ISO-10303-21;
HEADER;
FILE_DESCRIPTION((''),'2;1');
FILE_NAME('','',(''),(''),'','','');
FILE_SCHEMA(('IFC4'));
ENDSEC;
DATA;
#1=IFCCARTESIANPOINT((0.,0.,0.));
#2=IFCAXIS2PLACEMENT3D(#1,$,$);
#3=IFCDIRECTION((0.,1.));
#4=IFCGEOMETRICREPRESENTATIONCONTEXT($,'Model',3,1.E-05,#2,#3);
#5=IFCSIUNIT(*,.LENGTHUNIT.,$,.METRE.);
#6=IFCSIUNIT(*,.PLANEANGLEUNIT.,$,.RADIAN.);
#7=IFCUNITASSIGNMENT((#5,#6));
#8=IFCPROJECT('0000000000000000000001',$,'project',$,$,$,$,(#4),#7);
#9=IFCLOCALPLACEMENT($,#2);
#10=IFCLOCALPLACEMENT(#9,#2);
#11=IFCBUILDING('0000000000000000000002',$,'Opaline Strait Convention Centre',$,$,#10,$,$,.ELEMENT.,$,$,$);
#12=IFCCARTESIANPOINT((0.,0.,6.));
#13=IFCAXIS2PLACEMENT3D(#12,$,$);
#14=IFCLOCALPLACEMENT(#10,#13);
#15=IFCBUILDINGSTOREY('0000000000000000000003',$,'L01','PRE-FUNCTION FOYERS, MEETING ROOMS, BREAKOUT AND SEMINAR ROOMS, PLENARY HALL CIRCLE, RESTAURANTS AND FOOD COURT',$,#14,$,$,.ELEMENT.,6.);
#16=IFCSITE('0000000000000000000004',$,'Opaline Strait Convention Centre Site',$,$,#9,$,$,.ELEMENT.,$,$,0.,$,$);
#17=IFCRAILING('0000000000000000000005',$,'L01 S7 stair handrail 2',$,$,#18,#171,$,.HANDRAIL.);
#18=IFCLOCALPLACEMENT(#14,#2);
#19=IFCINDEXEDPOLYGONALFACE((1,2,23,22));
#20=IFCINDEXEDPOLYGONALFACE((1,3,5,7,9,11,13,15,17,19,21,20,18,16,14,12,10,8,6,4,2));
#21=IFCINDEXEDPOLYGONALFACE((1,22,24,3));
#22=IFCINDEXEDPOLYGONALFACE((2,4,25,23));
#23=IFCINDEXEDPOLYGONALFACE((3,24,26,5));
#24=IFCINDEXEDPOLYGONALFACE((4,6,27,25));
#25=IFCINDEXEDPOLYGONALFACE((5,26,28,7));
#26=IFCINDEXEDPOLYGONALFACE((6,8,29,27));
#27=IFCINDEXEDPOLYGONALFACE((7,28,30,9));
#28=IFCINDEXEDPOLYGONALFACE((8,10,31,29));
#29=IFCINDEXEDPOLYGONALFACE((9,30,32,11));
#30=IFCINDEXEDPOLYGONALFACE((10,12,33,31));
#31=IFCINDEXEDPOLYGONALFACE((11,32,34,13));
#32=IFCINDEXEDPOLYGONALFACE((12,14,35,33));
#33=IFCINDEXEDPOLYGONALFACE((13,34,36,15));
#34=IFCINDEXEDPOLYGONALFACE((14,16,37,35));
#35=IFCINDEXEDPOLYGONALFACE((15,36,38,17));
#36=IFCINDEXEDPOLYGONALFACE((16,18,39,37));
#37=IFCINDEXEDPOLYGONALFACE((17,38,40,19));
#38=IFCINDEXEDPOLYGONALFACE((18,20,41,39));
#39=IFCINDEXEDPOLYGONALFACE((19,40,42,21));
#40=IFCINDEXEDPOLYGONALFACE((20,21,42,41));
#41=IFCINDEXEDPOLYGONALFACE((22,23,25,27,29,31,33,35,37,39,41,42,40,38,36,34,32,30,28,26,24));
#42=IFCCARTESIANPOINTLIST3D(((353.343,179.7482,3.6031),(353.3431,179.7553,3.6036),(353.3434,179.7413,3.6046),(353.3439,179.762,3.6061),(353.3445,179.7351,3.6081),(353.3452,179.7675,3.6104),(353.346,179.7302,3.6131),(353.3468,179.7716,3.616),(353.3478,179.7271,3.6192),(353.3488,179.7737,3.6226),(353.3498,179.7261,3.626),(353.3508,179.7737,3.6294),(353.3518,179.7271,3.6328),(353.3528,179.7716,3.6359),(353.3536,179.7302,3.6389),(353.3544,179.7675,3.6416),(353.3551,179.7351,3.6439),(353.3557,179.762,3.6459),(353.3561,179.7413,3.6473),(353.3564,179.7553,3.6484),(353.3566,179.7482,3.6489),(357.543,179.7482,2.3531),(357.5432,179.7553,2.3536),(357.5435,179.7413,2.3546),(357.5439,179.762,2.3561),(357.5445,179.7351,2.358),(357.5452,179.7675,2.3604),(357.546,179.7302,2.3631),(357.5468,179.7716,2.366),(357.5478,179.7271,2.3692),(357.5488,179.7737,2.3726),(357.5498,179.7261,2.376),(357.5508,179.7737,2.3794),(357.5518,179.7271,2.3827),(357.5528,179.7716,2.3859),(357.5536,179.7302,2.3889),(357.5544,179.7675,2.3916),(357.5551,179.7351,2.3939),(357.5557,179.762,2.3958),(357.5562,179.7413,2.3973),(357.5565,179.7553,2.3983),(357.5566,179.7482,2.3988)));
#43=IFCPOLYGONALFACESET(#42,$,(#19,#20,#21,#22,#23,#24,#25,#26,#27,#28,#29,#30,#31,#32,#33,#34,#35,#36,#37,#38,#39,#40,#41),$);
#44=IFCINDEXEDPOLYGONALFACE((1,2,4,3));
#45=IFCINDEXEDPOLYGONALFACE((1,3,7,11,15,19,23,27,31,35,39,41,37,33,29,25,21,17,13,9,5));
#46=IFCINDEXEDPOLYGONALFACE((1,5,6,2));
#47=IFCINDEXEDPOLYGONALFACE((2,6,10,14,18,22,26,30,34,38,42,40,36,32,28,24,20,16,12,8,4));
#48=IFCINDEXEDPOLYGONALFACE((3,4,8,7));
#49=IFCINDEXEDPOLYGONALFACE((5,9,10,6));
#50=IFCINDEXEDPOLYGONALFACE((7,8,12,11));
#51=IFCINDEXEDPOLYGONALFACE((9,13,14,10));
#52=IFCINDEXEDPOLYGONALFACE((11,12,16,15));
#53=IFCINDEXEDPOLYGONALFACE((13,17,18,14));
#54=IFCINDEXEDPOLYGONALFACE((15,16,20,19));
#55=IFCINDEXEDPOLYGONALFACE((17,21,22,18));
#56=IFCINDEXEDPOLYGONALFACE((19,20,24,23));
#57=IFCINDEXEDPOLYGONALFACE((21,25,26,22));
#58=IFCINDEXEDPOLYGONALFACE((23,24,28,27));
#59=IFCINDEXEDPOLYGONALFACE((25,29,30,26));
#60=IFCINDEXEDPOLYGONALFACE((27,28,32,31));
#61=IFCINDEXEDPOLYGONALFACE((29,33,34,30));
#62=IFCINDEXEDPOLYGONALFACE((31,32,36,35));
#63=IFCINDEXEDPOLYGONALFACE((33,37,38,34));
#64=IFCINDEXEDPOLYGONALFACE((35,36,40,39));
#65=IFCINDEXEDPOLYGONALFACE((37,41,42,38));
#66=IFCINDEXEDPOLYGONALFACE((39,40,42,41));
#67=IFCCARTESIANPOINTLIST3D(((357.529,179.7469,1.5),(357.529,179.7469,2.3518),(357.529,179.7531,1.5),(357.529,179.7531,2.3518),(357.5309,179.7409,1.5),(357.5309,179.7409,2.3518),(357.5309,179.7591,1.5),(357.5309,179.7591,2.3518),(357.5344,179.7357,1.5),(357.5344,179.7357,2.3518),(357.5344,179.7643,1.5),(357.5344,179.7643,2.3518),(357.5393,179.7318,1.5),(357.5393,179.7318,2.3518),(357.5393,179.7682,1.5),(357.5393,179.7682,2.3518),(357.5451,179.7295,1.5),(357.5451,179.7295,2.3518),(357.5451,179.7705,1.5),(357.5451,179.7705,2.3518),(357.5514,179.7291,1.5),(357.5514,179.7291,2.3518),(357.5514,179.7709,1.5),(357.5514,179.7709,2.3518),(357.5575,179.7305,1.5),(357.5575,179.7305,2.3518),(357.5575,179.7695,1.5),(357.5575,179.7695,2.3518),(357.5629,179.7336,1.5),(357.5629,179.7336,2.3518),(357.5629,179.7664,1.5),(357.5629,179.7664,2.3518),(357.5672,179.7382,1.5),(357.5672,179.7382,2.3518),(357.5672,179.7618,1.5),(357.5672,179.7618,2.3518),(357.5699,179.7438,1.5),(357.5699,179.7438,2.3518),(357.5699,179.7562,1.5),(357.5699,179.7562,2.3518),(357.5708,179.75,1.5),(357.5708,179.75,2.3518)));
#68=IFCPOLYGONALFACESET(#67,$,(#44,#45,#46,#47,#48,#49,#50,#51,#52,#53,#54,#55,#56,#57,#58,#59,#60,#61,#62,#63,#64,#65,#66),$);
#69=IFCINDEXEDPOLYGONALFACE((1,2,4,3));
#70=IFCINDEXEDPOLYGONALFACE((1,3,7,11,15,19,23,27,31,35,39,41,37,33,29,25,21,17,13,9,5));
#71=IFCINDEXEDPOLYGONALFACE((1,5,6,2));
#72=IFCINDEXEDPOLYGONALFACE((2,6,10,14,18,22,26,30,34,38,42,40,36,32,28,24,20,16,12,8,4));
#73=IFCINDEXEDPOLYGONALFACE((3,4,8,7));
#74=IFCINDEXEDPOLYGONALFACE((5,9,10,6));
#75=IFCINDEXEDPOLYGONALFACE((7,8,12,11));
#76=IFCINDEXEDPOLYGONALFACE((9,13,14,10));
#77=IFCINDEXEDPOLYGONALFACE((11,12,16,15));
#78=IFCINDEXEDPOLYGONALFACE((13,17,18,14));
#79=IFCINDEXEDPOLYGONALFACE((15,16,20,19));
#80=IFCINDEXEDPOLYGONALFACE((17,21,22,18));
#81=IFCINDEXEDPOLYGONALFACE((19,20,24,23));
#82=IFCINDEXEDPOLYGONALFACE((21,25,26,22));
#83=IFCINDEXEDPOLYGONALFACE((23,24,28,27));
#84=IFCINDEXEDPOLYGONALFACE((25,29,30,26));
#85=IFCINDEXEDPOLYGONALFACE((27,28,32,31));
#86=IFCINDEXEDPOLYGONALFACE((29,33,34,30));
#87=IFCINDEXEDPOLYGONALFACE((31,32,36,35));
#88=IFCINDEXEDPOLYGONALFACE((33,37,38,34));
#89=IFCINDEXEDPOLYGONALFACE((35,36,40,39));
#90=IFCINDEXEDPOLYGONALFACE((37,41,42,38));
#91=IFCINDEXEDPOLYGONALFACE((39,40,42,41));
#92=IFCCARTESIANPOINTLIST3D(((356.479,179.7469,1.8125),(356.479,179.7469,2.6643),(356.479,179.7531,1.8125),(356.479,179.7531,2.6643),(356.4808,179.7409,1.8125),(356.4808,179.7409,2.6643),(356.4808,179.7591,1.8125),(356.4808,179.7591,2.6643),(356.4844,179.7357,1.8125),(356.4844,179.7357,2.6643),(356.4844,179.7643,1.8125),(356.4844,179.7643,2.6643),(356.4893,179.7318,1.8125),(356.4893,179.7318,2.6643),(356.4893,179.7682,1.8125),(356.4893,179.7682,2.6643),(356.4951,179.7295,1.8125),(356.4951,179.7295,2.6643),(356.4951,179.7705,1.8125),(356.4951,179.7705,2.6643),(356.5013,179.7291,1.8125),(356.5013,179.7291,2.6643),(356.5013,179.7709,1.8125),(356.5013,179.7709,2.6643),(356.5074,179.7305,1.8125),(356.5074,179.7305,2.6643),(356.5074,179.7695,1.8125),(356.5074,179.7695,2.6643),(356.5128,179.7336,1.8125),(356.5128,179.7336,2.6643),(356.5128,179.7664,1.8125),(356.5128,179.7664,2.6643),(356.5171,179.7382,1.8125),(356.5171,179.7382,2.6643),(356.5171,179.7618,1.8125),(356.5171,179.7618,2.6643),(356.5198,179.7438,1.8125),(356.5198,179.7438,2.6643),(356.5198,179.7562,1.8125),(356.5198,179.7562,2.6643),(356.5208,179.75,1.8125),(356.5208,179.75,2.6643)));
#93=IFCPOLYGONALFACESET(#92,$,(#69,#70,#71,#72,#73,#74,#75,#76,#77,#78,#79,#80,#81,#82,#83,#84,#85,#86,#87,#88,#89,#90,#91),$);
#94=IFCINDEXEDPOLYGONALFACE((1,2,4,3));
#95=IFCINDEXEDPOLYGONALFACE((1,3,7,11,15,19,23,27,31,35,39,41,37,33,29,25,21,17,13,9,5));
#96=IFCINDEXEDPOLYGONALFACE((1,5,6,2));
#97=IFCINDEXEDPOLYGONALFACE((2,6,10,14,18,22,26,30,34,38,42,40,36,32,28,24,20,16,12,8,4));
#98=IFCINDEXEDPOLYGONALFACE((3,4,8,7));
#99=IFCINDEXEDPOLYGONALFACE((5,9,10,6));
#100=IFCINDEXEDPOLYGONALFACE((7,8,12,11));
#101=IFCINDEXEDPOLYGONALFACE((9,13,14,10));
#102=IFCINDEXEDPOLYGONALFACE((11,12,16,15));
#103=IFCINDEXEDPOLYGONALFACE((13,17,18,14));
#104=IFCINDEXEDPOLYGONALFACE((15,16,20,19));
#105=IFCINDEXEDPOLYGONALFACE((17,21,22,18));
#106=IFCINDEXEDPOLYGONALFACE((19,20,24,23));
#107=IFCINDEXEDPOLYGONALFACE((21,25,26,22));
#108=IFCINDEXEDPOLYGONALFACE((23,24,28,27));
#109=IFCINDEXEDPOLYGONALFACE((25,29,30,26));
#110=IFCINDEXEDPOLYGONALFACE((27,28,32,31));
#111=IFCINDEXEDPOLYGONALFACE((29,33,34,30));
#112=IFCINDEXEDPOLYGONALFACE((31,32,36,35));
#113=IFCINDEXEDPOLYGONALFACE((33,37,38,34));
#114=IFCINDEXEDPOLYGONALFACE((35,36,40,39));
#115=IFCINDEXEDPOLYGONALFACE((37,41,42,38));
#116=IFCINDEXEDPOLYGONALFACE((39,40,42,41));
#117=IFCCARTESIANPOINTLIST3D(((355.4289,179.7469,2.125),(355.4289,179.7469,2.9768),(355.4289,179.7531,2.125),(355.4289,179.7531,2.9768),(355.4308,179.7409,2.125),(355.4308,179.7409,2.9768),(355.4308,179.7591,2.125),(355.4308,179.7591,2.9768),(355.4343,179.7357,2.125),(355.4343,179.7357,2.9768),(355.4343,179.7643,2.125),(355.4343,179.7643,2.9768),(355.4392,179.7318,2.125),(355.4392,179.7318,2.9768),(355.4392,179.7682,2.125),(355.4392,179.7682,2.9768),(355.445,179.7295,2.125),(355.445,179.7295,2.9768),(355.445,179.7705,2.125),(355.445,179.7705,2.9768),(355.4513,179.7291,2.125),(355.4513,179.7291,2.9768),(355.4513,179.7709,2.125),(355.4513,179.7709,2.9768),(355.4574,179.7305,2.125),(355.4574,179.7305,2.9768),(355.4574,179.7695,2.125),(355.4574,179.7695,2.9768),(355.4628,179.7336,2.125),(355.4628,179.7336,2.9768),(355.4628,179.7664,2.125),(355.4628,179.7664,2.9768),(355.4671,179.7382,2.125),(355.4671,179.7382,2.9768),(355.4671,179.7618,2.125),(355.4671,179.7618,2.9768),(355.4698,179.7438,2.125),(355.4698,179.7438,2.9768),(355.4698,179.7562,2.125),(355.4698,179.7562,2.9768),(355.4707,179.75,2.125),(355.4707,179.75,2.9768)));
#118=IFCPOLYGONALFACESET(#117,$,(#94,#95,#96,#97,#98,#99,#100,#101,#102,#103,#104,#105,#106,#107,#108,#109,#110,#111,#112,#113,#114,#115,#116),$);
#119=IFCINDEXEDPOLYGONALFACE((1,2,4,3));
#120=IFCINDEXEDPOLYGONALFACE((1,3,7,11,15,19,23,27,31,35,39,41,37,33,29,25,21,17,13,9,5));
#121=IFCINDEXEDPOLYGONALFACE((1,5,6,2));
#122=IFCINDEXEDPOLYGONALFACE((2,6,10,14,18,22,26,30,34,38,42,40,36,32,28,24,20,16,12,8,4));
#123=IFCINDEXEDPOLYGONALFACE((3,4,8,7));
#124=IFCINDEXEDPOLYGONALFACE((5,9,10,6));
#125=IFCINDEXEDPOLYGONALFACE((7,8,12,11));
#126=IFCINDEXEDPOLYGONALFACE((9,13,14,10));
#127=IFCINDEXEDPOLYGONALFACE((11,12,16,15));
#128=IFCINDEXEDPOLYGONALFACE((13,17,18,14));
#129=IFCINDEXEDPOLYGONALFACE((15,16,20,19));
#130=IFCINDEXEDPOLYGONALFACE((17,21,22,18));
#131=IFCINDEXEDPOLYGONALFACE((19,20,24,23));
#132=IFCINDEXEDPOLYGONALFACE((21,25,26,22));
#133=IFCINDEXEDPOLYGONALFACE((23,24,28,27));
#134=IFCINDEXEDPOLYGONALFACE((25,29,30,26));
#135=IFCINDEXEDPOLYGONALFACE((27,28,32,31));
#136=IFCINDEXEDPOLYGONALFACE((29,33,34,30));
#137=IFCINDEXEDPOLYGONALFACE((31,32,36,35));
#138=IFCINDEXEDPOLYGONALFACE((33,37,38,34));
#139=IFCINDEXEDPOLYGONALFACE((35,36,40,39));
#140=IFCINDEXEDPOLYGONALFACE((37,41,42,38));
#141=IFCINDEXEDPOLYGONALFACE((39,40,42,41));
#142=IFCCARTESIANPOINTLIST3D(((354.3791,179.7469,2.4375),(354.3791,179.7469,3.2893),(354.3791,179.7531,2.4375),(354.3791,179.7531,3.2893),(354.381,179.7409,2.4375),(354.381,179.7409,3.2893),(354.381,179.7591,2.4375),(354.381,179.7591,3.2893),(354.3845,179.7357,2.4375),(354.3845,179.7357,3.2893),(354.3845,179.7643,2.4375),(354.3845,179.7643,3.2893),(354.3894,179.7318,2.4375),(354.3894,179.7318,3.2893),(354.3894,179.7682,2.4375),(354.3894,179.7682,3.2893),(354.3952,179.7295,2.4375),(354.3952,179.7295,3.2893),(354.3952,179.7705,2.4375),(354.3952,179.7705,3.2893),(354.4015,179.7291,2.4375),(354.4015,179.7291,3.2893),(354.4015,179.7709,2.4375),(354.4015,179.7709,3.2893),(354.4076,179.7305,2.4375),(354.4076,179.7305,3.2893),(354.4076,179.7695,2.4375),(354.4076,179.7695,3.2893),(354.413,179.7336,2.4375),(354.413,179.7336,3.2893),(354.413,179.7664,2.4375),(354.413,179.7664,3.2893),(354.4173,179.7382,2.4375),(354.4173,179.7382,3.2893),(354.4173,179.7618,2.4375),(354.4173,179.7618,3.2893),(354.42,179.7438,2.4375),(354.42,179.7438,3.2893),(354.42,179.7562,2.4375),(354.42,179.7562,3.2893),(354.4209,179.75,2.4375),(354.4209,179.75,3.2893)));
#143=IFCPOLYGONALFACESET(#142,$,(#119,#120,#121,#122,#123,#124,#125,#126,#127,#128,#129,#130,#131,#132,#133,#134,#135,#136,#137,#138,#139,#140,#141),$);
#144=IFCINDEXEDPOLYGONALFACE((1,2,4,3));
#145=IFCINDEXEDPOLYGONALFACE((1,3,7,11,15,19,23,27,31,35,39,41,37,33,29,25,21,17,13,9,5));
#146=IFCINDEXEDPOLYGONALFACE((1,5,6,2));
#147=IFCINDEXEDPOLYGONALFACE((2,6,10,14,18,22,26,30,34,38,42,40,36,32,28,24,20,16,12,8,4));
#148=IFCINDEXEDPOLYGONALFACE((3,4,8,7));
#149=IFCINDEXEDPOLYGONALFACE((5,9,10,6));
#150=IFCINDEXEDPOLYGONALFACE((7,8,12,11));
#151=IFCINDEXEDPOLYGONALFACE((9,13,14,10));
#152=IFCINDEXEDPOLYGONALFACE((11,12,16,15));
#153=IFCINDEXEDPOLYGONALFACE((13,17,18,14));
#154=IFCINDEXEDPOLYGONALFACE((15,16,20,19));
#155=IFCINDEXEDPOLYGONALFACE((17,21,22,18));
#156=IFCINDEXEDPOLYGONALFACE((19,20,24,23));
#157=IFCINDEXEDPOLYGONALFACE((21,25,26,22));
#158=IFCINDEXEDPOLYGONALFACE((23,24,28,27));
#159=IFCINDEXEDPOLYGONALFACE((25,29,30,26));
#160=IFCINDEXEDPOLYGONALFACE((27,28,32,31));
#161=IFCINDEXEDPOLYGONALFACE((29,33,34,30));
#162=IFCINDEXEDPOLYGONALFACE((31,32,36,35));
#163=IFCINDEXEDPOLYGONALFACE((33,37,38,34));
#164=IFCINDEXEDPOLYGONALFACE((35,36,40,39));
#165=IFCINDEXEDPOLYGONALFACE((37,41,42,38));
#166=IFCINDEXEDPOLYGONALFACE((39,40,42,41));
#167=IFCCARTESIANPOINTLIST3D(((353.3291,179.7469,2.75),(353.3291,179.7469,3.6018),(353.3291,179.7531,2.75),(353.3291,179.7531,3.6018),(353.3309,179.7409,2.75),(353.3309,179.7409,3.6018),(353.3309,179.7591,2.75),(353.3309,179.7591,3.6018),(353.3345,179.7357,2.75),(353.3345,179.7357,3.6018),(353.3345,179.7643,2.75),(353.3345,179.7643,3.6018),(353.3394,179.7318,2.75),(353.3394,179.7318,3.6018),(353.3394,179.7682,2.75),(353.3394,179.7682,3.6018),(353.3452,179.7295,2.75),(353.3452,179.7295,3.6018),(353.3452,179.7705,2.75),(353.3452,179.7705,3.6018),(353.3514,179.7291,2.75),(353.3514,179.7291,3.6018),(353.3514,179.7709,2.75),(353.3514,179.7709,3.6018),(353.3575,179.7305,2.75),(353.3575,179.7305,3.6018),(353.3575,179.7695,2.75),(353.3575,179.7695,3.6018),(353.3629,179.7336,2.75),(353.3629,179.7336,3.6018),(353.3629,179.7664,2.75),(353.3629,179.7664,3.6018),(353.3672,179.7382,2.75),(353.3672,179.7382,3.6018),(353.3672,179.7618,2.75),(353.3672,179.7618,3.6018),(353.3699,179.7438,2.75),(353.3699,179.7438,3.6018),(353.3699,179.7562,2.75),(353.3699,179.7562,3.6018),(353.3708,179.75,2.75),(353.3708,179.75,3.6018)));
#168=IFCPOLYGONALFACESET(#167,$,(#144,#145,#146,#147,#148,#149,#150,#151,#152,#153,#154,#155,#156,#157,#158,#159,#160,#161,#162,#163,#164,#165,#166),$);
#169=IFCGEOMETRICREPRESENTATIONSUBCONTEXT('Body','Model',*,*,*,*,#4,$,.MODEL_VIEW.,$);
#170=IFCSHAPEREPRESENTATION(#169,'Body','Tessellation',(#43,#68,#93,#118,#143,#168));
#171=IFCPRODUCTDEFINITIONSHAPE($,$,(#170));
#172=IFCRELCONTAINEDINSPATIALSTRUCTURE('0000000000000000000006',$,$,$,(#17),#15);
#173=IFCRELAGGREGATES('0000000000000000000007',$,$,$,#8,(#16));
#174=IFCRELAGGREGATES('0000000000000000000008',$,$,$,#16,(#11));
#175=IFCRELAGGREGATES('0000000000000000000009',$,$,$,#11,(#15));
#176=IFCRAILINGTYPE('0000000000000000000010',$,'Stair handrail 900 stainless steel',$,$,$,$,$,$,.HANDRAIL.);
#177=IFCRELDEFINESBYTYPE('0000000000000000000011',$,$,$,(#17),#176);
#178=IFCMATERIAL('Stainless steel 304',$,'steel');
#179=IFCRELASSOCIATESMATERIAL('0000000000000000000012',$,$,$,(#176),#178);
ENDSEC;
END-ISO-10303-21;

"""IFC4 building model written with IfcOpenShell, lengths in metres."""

from ifc_helpers import new_model, si_unit, direction, frame, origin, origin_2d, place, context, subcontext, project, spatial, circle, extrude, material, type_object, element, save


model = new_model("IFC4")

# Units and contexts
model_context = context("Model", 3, precision=1e-05, world=origin(), true_north=direction((0.0, 1.0)))
body_context = subcontext(model_context, "Body", "Model", "MODEL_VIEW")
ifc_project = project(units=[si_unit("LENGTHUNIT", "METRE"), si_unit("PLANEANGLEUNIT", "RADIAN")], contexts=[model_context])

# Site, building, storey
site_placement = place(None, origin())
site = spatial("IfcSite", under=ifc_project, at=site_placement, Name="Opaline Strait Convention Centre Site", CompositionType="ELEMENT", RefElevation=0.0)
building_placement = place(site_placement, origin())
building = spatial("IfcBuilding", under=site, at=building_placement, Name="Opaline Strait Convention Centre", CompositionType="ELEMENT")
storey_placement = place(building_placement, frame((0.0, 0.0, 6.0)))
storey = spatial("IfcBuildingStorey", under=building, at=storey_placement, Name="L01", Description="PRE-FUNCTION FOYERS, MEETING ROOMS, BREAKOUT AND SEMINAR ROOMS, PLENARY HALL CIRCLE, RESTAURANTS AND FOOD COURT", CompositionType="ELEMENT", Elevation=6.0)

# Railing
ifc_material_1 = material(Name="Stainless steel 304", Category="steel")
railing_type_1 = type_object("IfcRailingType", Name="Stair handrail 900 stainless steel", PredefinedType="HANDRAIL", material=ifc_material_1)
for number, where, name in (
    (1, (357.5498, 179.75, 1.5), "L01 S7 stair handrail 2"),
):
    element("IfcRailing", number, at=place(storey_placement, frame(where)), inside=storey, type_object=railing_type_1, Name=name, PredefinedType="HANDRAIL", context=body_context, shape_type="SweptSolid", body=[
        extrude(circle(Radius=0.0239, at=origin_2d()), frame((0.0, 0.0, 0.876), z_axis=(-0.958451, 0.0, 0.285257), x_axis=(0.0, -1.0, 0.0)), (0.0, 0.0, 1.0), 4.3821),
        extrude(circle(Radius=0.021, at=origin_2d()), origin(), (0.0, 0.0, 1.0), 0.8518),
        extrude(circle(Radius=0.021, at=origin_2d()), frame((-1.05, 0.0, 0.3125)), (0.0, 0.0, 1.0), 0.8518),
        extrude(circle(Radius=0.021, at=origin_2d()), frame((-2.1001, 0.0, 0.625)), (0.0, 0.0, 1.0), 0.8518),
        extrude(circle(Radius=0.021, at=origin_2d()), frame((-3.1499, 0.0, 0.9375)), (0.0, 0.0, 1.0), 0.8518),
        extrude(circle(Radius=0.021, at=origin_2d()), frame((-4.2, 0.0, 1.25)), (0.0, 0.0, 1.0), 0.8518),
    ])

save(model, "model.ifc")
